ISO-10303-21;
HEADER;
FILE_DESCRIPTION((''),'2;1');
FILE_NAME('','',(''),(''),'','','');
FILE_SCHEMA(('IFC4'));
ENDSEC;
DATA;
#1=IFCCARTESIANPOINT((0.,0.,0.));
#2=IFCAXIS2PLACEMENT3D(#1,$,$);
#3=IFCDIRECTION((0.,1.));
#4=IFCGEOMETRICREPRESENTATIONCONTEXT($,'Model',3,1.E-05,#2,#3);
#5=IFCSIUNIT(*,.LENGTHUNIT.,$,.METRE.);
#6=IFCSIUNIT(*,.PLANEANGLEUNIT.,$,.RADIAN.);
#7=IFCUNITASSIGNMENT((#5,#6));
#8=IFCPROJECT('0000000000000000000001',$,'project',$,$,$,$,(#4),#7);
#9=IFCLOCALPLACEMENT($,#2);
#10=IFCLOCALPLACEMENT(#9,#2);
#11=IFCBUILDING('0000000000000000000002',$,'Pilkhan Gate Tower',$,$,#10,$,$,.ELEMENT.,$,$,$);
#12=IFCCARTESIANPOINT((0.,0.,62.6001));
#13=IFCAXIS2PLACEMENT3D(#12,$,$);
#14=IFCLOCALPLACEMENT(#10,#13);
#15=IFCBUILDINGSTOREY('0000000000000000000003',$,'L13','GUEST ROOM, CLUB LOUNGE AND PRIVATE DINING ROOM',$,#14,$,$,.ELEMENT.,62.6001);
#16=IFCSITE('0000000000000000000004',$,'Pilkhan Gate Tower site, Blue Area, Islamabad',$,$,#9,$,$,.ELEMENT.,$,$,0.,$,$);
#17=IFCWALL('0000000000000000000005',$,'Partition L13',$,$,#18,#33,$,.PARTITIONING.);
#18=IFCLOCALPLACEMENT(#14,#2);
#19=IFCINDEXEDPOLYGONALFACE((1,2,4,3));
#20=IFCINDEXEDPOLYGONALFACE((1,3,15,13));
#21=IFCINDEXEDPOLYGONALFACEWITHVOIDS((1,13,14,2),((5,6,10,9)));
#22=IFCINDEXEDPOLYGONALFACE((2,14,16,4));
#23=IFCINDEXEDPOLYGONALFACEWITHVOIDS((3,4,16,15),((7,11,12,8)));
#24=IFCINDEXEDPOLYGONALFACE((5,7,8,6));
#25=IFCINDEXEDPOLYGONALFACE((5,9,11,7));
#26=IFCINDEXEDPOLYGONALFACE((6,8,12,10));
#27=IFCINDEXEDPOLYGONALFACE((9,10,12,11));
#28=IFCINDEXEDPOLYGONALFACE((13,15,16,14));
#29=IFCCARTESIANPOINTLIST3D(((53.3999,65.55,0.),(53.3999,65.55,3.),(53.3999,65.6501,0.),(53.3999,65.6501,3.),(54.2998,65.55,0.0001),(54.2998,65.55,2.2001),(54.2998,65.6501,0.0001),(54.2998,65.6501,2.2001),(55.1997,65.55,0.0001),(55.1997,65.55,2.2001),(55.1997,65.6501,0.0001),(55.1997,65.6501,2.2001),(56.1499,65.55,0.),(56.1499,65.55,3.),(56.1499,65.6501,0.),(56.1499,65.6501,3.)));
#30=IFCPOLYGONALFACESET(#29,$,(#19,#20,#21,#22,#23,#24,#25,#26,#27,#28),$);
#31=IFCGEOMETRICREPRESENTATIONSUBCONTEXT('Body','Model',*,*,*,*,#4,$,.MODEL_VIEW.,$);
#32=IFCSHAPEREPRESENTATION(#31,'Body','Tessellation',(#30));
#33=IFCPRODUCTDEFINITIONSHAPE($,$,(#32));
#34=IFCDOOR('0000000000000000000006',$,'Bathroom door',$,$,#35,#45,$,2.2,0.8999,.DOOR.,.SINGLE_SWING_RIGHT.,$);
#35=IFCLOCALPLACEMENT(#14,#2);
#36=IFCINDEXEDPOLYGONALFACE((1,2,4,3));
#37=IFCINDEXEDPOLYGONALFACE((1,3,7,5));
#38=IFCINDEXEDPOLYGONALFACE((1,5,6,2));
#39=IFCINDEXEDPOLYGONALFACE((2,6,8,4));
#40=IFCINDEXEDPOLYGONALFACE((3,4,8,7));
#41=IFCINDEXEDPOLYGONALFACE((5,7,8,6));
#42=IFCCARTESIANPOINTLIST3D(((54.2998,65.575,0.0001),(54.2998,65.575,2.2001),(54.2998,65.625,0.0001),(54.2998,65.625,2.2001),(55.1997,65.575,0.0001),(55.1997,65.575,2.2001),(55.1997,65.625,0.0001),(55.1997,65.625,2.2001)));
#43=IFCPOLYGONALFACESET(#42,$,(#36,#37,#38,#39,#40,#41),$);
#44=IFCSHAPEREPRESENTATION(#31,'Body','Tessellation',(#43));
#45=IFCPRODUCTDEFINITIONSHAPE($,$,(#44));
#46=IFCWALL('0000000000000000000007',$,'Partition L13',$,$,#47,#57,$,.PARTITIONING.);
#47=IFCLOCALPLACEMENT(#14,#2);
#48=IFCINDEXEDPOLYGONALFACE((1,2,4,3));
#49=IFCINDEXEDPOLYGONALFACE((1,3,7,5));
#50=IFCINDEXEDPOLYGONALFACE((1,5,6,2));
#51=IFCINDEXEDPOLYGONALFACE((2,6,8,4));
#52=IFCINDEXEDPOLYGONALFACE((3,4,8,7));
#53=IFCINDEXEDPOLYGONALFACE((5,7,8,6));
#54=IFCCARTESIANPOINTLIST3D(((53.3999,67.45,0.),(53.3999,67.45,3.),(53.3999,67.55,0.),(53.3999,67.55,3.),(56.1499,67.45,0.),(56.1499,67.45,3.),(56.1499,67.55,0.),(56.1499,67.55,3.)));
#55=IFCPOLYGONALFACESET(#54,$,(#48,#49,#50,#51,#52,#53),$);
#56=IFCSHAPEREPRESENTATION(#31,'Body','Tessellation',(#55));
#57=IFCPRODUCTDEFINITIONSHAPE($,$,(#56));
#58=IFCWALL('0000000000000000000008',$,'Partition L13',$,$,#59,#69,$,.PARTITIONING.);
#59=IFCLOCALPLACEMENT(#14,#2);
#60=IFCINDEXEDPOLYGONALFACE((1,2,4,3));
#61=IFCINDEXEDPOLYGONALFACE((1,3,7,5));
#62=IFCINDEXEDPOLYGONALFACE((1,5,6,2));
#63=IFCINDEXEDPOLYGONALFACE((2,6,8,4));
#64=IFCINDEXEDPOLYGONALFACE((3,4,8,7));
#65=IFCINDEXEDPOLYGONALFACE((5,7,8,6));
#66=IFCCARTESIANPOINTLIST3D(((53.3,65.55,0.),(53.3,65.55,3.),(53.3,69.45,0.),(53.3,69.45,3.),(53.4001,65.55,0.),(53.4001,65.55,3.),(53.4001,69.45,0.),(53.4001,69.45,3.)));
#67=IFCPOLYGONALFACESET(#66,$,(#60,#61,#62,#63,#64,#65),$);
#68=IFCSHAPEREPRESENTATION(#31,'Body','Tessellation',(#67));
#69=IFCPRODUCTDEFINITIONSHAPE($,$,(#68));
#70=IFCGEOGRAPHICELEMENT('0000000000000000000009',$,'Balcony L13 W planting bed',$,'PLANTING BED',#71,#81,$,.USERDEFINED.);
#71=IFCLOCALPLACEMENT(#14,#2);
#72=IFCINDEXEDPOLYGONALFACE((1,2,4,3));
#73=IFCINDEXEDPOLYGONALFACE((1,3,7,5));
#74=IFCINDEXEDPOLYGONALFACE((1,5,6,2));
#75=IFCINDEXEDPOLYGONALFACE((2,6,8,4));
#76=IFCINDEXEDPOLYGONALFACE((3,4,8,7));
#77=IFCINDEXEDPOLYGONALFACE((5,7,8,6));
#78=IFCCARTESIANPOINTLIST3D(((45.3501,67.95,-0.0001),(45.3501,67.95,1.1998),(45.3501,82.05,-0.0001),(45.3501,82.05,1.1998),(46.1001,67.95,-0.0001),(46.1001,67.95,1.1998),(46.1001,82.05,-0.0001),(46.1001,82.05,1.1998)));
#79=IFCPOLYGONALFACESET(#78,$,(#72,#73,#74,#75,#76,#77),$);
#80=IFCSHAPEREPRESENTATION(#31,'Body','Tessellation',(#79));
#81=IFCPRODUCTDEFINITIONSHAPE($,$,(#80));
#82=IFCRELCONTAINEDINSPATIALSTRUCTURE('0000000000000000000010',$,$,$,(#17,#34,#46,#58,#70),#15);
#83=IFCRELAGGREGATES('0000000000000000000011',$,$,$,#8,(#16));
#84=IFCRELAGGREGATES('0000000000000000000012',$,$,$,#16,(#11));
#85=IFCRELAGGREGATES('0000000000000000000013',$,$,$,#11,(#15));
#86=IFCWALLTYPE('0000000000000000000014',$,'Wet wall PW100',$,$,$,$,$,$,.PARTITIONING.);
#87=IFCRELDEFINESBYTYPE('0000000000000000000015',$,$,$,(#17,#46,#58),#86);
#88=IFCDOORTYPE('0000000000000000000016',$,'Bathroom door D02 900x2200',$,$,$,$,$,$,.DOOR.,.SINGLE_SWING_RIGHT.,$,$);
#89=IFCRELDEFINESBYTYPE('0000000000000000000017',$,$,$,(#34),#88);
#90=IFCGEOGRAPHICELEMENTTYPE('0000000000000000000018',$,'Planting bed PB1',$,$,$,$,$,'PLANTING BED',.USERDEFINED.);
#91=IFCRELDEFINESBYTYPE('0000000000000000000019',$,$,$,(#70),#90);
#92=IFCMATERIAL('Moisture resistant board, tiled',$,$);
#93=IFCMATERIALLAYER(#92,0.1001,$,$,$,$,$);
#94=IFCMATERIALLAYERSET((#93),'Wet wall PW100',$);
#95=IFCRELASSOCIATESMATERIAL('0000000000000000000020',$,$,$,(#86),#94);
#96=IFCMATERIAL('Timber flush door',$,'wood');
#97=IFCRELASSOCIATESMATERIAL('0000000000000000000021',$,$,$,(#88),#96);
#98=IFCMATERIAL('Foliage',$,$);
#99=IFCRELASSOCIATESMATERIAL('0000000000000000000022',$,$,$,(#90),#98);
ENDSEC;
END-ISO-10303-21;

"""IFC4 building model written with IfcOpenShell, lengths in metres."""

from ifc_helpers import new_model, si_unit, direction, frame, frame_2d, origin, origin_2d, place, context, subcontext, project, spatial, rectangle, extrude, material, layer, layer_set, material_profile, profile_set, type_object, element, fill, save


model = new_model("IFC4")

# Units and contexts
model_context = context("Model", 3, precision=1e-05, world=origin(), true_north=direction((0.0, 1.0)))
body_context = subcontext(model_context, "Body", "Model", "MODEL_VIEW")
ifc_project = project(units=[si_unit("LENGTHUNIT", "METRE"), si_unit("PLANEANGLEUNIT", "RADIAN")], contexts=[model_context])

# Site, building, storey
site_placement = place(None, origin())
site = spatial("IfcSite", under=ifc_project, at=site_placement, Name="Pilkhan Gate Tower site, Blue Area, Islamabad", CompositionType="ELEMENT", RefElevation=0.0)
building_placement = place(site_placement, origin())
building = spatial("IfcBuilding", under=site, at=building_placement, Name="Pilkhan Gate Tower", CompositionType="ELEMENT")
storey_placement = place(building_placement, frame((0.0, 0.0, 62.6001)))
storey = spatial("IfcBuildingStorey", under=building, at=storey_placement, Name="L13", Description="GUEST ROOM, CLUB LOUNGE AND PRIVATE DINING ROOM", CompositionType="ELEMENT", Elevation=62.6001)

# Wall, opening, door
ifc_material_1 = material(Name="Moisture resistant board, tiled")
ifc_layer_1 = layer(ifc_material_1, 0.1001)
ifc_layer_set_1 = layer_set([ifc_layer_1], Name="Wet wall PW100")
wall_type_1 = type_object("IfcWallType", Name="Wet wall PW100", PredefinedType="PARTITIONING", material=ifc_layer_set_1)
wall_1_placement = place(storey_placement, frame((53.3999, 65.6001, 0.0), z_axis=(0.0, 0.0, 1.0), x_axis=(1.0, 0.0, 0.0)))
wall_1 = element("IfcWall", 1, at=wall_1_placement, inside=storey, type_object=wall_type_1, Name="Partition L13", PredefinedType="PARTITIONING", context=body_context, shape_type="SweptSolid", body=[
    extrude(rectangle(XDim=2.75, YDim=0.1001, at=frame_2d((1.375, 0.0))), origin(), (0.0, 0.0, 1.0), 3.0),
])
opening_placement = place(wall_1_placement, frame((0.8999, 0.0, 0.0)))
opening = element("IfcOpeningElement", 2, at=opening_placement, cuts=wall_1, PredefinedType="OPENING", context=body_context, shape_type="SweptSolid", body=[
    extrude(rectangle(XDim=0.8999, YDim=2.2, at=frame_2d((0.45, 1.1001))), frame((0.0, 0.0601, 0.0), z_axis=(0.0, -1.0, 0.0), x_axis=(1.0, 0.0, 0.0)), (0.0, 0.0, 1.0), 0.1201),
])
ifc_material_2 = material(Name="Timber flush door", Category="wood")
door_type = type_object("IfcDoorType", Name="Bathroom door D02 900x2200", OperationType="SINGLE_SWING_RIGHT", PredefinedType="DOOR", material=ifc_material_2)
door_placement = place(opening_placement, origin())
door = element("IfcDoor", 3, at=door_placement, inside=storey, type_object=door_type, Name="Bathroom door", OperationType="SINGLE_SWING_RIGHT", OverallHeight=2.2, OverallWidth=0.8999, PredefinedType="DOOR", context=body_context, shape_type="SweptSolid", body=[
    extrude(rectangle(XDim=0.8999, YDim=2.2, at=frame_2d((0.45, 1.1001))), frame((0.0, 0.0249, 0.0), z_axis=(0.0, -1.0, 0.0), x_axis=(1.0, 0.0, 0.0)), (0.0, 0.0, 1.0), 0.05),
])
fill(opening, door)

# Walls
wall_2_placement = place(storey_placement, frame((53.3999, 67.5, 0.0), z_axis=(0.0, 0.0, 1.0), x_axis=(1.0, 0.0, 0.0)))
element("IfcWall", 4, at=wall_2_placement, inside=storey, type_object=wall_type_1, Name="Partition L13", PredefinedType="PARTITIONING", context=body_context, shape_type="SweptSolid", body=[
    extrude(rectangle(XDim=2.75, YDim=0.1001, at=frame_2d((1.375, 0.0))), origin(), (0.0, 0.0, 1.0), 3.0),
])
wall_3_placement = place(storey_placement, frame((53.3501, 65.55, 0.0), z_axis=(0.0, 0.0, 1.0), x_axis=(0.0, 1.0, 0.0)))
element("IfcWall", 5, at=wall_3_placement, inside=storey, type_object=wall_type_1, Name="Partition L13", PredefinedType="PARTITIONING", context=body_context, shape_type="SweptSolid", body=[
    extrude(rectangle(XDim=3.8999, YDim=0.1001, at=frame_2d((1.95, 0.0))), origin(), (0.0, 0.0, 1.0), 3.0),
])

# Geographic element
ifc_material_3 = material(Name="Foliage")
ifc_material_profile_1 = material_profile(ifc_material_3, rectangle(XDim=0.75, YDim=1.2, at=origin_2d()), Name="Bed 750x1200")
ifc_profile_set_1 = profile_set([ifc_material_profile_1], Name="Foliage")
geographic_element_type = type_object("IfcGeographicElementType", Name="Planting bed PB1", ElementType="PLANTING BED", PredefinedType="USERDEFINED", material=ifc_profile_set_1)
geographic_element_placement = place(storey_placement, frame((45.7251, 67.95, 0.5999), z_axis=(0.0, 1.0, 0.0), x_axis=(-1.0, 0.0, 0.0)))
element("IfcGeographicElement", 6, at=geographic_element_placement, inside=storey, type_object=geographic_element_type, Name="Balcony L13 W planting bed", ObjectType="PLANTING BED", PredefinedType="USERDEFINED", context=body_context, shape_type="SweptSolid", body=[
    extrude(rectangle(XDim=0.75, YDim=1.2, at=origin_2d()), origin(), (0.0, 0.0, 1.0), 14.1001),
])

save(model, "model.ifc")
